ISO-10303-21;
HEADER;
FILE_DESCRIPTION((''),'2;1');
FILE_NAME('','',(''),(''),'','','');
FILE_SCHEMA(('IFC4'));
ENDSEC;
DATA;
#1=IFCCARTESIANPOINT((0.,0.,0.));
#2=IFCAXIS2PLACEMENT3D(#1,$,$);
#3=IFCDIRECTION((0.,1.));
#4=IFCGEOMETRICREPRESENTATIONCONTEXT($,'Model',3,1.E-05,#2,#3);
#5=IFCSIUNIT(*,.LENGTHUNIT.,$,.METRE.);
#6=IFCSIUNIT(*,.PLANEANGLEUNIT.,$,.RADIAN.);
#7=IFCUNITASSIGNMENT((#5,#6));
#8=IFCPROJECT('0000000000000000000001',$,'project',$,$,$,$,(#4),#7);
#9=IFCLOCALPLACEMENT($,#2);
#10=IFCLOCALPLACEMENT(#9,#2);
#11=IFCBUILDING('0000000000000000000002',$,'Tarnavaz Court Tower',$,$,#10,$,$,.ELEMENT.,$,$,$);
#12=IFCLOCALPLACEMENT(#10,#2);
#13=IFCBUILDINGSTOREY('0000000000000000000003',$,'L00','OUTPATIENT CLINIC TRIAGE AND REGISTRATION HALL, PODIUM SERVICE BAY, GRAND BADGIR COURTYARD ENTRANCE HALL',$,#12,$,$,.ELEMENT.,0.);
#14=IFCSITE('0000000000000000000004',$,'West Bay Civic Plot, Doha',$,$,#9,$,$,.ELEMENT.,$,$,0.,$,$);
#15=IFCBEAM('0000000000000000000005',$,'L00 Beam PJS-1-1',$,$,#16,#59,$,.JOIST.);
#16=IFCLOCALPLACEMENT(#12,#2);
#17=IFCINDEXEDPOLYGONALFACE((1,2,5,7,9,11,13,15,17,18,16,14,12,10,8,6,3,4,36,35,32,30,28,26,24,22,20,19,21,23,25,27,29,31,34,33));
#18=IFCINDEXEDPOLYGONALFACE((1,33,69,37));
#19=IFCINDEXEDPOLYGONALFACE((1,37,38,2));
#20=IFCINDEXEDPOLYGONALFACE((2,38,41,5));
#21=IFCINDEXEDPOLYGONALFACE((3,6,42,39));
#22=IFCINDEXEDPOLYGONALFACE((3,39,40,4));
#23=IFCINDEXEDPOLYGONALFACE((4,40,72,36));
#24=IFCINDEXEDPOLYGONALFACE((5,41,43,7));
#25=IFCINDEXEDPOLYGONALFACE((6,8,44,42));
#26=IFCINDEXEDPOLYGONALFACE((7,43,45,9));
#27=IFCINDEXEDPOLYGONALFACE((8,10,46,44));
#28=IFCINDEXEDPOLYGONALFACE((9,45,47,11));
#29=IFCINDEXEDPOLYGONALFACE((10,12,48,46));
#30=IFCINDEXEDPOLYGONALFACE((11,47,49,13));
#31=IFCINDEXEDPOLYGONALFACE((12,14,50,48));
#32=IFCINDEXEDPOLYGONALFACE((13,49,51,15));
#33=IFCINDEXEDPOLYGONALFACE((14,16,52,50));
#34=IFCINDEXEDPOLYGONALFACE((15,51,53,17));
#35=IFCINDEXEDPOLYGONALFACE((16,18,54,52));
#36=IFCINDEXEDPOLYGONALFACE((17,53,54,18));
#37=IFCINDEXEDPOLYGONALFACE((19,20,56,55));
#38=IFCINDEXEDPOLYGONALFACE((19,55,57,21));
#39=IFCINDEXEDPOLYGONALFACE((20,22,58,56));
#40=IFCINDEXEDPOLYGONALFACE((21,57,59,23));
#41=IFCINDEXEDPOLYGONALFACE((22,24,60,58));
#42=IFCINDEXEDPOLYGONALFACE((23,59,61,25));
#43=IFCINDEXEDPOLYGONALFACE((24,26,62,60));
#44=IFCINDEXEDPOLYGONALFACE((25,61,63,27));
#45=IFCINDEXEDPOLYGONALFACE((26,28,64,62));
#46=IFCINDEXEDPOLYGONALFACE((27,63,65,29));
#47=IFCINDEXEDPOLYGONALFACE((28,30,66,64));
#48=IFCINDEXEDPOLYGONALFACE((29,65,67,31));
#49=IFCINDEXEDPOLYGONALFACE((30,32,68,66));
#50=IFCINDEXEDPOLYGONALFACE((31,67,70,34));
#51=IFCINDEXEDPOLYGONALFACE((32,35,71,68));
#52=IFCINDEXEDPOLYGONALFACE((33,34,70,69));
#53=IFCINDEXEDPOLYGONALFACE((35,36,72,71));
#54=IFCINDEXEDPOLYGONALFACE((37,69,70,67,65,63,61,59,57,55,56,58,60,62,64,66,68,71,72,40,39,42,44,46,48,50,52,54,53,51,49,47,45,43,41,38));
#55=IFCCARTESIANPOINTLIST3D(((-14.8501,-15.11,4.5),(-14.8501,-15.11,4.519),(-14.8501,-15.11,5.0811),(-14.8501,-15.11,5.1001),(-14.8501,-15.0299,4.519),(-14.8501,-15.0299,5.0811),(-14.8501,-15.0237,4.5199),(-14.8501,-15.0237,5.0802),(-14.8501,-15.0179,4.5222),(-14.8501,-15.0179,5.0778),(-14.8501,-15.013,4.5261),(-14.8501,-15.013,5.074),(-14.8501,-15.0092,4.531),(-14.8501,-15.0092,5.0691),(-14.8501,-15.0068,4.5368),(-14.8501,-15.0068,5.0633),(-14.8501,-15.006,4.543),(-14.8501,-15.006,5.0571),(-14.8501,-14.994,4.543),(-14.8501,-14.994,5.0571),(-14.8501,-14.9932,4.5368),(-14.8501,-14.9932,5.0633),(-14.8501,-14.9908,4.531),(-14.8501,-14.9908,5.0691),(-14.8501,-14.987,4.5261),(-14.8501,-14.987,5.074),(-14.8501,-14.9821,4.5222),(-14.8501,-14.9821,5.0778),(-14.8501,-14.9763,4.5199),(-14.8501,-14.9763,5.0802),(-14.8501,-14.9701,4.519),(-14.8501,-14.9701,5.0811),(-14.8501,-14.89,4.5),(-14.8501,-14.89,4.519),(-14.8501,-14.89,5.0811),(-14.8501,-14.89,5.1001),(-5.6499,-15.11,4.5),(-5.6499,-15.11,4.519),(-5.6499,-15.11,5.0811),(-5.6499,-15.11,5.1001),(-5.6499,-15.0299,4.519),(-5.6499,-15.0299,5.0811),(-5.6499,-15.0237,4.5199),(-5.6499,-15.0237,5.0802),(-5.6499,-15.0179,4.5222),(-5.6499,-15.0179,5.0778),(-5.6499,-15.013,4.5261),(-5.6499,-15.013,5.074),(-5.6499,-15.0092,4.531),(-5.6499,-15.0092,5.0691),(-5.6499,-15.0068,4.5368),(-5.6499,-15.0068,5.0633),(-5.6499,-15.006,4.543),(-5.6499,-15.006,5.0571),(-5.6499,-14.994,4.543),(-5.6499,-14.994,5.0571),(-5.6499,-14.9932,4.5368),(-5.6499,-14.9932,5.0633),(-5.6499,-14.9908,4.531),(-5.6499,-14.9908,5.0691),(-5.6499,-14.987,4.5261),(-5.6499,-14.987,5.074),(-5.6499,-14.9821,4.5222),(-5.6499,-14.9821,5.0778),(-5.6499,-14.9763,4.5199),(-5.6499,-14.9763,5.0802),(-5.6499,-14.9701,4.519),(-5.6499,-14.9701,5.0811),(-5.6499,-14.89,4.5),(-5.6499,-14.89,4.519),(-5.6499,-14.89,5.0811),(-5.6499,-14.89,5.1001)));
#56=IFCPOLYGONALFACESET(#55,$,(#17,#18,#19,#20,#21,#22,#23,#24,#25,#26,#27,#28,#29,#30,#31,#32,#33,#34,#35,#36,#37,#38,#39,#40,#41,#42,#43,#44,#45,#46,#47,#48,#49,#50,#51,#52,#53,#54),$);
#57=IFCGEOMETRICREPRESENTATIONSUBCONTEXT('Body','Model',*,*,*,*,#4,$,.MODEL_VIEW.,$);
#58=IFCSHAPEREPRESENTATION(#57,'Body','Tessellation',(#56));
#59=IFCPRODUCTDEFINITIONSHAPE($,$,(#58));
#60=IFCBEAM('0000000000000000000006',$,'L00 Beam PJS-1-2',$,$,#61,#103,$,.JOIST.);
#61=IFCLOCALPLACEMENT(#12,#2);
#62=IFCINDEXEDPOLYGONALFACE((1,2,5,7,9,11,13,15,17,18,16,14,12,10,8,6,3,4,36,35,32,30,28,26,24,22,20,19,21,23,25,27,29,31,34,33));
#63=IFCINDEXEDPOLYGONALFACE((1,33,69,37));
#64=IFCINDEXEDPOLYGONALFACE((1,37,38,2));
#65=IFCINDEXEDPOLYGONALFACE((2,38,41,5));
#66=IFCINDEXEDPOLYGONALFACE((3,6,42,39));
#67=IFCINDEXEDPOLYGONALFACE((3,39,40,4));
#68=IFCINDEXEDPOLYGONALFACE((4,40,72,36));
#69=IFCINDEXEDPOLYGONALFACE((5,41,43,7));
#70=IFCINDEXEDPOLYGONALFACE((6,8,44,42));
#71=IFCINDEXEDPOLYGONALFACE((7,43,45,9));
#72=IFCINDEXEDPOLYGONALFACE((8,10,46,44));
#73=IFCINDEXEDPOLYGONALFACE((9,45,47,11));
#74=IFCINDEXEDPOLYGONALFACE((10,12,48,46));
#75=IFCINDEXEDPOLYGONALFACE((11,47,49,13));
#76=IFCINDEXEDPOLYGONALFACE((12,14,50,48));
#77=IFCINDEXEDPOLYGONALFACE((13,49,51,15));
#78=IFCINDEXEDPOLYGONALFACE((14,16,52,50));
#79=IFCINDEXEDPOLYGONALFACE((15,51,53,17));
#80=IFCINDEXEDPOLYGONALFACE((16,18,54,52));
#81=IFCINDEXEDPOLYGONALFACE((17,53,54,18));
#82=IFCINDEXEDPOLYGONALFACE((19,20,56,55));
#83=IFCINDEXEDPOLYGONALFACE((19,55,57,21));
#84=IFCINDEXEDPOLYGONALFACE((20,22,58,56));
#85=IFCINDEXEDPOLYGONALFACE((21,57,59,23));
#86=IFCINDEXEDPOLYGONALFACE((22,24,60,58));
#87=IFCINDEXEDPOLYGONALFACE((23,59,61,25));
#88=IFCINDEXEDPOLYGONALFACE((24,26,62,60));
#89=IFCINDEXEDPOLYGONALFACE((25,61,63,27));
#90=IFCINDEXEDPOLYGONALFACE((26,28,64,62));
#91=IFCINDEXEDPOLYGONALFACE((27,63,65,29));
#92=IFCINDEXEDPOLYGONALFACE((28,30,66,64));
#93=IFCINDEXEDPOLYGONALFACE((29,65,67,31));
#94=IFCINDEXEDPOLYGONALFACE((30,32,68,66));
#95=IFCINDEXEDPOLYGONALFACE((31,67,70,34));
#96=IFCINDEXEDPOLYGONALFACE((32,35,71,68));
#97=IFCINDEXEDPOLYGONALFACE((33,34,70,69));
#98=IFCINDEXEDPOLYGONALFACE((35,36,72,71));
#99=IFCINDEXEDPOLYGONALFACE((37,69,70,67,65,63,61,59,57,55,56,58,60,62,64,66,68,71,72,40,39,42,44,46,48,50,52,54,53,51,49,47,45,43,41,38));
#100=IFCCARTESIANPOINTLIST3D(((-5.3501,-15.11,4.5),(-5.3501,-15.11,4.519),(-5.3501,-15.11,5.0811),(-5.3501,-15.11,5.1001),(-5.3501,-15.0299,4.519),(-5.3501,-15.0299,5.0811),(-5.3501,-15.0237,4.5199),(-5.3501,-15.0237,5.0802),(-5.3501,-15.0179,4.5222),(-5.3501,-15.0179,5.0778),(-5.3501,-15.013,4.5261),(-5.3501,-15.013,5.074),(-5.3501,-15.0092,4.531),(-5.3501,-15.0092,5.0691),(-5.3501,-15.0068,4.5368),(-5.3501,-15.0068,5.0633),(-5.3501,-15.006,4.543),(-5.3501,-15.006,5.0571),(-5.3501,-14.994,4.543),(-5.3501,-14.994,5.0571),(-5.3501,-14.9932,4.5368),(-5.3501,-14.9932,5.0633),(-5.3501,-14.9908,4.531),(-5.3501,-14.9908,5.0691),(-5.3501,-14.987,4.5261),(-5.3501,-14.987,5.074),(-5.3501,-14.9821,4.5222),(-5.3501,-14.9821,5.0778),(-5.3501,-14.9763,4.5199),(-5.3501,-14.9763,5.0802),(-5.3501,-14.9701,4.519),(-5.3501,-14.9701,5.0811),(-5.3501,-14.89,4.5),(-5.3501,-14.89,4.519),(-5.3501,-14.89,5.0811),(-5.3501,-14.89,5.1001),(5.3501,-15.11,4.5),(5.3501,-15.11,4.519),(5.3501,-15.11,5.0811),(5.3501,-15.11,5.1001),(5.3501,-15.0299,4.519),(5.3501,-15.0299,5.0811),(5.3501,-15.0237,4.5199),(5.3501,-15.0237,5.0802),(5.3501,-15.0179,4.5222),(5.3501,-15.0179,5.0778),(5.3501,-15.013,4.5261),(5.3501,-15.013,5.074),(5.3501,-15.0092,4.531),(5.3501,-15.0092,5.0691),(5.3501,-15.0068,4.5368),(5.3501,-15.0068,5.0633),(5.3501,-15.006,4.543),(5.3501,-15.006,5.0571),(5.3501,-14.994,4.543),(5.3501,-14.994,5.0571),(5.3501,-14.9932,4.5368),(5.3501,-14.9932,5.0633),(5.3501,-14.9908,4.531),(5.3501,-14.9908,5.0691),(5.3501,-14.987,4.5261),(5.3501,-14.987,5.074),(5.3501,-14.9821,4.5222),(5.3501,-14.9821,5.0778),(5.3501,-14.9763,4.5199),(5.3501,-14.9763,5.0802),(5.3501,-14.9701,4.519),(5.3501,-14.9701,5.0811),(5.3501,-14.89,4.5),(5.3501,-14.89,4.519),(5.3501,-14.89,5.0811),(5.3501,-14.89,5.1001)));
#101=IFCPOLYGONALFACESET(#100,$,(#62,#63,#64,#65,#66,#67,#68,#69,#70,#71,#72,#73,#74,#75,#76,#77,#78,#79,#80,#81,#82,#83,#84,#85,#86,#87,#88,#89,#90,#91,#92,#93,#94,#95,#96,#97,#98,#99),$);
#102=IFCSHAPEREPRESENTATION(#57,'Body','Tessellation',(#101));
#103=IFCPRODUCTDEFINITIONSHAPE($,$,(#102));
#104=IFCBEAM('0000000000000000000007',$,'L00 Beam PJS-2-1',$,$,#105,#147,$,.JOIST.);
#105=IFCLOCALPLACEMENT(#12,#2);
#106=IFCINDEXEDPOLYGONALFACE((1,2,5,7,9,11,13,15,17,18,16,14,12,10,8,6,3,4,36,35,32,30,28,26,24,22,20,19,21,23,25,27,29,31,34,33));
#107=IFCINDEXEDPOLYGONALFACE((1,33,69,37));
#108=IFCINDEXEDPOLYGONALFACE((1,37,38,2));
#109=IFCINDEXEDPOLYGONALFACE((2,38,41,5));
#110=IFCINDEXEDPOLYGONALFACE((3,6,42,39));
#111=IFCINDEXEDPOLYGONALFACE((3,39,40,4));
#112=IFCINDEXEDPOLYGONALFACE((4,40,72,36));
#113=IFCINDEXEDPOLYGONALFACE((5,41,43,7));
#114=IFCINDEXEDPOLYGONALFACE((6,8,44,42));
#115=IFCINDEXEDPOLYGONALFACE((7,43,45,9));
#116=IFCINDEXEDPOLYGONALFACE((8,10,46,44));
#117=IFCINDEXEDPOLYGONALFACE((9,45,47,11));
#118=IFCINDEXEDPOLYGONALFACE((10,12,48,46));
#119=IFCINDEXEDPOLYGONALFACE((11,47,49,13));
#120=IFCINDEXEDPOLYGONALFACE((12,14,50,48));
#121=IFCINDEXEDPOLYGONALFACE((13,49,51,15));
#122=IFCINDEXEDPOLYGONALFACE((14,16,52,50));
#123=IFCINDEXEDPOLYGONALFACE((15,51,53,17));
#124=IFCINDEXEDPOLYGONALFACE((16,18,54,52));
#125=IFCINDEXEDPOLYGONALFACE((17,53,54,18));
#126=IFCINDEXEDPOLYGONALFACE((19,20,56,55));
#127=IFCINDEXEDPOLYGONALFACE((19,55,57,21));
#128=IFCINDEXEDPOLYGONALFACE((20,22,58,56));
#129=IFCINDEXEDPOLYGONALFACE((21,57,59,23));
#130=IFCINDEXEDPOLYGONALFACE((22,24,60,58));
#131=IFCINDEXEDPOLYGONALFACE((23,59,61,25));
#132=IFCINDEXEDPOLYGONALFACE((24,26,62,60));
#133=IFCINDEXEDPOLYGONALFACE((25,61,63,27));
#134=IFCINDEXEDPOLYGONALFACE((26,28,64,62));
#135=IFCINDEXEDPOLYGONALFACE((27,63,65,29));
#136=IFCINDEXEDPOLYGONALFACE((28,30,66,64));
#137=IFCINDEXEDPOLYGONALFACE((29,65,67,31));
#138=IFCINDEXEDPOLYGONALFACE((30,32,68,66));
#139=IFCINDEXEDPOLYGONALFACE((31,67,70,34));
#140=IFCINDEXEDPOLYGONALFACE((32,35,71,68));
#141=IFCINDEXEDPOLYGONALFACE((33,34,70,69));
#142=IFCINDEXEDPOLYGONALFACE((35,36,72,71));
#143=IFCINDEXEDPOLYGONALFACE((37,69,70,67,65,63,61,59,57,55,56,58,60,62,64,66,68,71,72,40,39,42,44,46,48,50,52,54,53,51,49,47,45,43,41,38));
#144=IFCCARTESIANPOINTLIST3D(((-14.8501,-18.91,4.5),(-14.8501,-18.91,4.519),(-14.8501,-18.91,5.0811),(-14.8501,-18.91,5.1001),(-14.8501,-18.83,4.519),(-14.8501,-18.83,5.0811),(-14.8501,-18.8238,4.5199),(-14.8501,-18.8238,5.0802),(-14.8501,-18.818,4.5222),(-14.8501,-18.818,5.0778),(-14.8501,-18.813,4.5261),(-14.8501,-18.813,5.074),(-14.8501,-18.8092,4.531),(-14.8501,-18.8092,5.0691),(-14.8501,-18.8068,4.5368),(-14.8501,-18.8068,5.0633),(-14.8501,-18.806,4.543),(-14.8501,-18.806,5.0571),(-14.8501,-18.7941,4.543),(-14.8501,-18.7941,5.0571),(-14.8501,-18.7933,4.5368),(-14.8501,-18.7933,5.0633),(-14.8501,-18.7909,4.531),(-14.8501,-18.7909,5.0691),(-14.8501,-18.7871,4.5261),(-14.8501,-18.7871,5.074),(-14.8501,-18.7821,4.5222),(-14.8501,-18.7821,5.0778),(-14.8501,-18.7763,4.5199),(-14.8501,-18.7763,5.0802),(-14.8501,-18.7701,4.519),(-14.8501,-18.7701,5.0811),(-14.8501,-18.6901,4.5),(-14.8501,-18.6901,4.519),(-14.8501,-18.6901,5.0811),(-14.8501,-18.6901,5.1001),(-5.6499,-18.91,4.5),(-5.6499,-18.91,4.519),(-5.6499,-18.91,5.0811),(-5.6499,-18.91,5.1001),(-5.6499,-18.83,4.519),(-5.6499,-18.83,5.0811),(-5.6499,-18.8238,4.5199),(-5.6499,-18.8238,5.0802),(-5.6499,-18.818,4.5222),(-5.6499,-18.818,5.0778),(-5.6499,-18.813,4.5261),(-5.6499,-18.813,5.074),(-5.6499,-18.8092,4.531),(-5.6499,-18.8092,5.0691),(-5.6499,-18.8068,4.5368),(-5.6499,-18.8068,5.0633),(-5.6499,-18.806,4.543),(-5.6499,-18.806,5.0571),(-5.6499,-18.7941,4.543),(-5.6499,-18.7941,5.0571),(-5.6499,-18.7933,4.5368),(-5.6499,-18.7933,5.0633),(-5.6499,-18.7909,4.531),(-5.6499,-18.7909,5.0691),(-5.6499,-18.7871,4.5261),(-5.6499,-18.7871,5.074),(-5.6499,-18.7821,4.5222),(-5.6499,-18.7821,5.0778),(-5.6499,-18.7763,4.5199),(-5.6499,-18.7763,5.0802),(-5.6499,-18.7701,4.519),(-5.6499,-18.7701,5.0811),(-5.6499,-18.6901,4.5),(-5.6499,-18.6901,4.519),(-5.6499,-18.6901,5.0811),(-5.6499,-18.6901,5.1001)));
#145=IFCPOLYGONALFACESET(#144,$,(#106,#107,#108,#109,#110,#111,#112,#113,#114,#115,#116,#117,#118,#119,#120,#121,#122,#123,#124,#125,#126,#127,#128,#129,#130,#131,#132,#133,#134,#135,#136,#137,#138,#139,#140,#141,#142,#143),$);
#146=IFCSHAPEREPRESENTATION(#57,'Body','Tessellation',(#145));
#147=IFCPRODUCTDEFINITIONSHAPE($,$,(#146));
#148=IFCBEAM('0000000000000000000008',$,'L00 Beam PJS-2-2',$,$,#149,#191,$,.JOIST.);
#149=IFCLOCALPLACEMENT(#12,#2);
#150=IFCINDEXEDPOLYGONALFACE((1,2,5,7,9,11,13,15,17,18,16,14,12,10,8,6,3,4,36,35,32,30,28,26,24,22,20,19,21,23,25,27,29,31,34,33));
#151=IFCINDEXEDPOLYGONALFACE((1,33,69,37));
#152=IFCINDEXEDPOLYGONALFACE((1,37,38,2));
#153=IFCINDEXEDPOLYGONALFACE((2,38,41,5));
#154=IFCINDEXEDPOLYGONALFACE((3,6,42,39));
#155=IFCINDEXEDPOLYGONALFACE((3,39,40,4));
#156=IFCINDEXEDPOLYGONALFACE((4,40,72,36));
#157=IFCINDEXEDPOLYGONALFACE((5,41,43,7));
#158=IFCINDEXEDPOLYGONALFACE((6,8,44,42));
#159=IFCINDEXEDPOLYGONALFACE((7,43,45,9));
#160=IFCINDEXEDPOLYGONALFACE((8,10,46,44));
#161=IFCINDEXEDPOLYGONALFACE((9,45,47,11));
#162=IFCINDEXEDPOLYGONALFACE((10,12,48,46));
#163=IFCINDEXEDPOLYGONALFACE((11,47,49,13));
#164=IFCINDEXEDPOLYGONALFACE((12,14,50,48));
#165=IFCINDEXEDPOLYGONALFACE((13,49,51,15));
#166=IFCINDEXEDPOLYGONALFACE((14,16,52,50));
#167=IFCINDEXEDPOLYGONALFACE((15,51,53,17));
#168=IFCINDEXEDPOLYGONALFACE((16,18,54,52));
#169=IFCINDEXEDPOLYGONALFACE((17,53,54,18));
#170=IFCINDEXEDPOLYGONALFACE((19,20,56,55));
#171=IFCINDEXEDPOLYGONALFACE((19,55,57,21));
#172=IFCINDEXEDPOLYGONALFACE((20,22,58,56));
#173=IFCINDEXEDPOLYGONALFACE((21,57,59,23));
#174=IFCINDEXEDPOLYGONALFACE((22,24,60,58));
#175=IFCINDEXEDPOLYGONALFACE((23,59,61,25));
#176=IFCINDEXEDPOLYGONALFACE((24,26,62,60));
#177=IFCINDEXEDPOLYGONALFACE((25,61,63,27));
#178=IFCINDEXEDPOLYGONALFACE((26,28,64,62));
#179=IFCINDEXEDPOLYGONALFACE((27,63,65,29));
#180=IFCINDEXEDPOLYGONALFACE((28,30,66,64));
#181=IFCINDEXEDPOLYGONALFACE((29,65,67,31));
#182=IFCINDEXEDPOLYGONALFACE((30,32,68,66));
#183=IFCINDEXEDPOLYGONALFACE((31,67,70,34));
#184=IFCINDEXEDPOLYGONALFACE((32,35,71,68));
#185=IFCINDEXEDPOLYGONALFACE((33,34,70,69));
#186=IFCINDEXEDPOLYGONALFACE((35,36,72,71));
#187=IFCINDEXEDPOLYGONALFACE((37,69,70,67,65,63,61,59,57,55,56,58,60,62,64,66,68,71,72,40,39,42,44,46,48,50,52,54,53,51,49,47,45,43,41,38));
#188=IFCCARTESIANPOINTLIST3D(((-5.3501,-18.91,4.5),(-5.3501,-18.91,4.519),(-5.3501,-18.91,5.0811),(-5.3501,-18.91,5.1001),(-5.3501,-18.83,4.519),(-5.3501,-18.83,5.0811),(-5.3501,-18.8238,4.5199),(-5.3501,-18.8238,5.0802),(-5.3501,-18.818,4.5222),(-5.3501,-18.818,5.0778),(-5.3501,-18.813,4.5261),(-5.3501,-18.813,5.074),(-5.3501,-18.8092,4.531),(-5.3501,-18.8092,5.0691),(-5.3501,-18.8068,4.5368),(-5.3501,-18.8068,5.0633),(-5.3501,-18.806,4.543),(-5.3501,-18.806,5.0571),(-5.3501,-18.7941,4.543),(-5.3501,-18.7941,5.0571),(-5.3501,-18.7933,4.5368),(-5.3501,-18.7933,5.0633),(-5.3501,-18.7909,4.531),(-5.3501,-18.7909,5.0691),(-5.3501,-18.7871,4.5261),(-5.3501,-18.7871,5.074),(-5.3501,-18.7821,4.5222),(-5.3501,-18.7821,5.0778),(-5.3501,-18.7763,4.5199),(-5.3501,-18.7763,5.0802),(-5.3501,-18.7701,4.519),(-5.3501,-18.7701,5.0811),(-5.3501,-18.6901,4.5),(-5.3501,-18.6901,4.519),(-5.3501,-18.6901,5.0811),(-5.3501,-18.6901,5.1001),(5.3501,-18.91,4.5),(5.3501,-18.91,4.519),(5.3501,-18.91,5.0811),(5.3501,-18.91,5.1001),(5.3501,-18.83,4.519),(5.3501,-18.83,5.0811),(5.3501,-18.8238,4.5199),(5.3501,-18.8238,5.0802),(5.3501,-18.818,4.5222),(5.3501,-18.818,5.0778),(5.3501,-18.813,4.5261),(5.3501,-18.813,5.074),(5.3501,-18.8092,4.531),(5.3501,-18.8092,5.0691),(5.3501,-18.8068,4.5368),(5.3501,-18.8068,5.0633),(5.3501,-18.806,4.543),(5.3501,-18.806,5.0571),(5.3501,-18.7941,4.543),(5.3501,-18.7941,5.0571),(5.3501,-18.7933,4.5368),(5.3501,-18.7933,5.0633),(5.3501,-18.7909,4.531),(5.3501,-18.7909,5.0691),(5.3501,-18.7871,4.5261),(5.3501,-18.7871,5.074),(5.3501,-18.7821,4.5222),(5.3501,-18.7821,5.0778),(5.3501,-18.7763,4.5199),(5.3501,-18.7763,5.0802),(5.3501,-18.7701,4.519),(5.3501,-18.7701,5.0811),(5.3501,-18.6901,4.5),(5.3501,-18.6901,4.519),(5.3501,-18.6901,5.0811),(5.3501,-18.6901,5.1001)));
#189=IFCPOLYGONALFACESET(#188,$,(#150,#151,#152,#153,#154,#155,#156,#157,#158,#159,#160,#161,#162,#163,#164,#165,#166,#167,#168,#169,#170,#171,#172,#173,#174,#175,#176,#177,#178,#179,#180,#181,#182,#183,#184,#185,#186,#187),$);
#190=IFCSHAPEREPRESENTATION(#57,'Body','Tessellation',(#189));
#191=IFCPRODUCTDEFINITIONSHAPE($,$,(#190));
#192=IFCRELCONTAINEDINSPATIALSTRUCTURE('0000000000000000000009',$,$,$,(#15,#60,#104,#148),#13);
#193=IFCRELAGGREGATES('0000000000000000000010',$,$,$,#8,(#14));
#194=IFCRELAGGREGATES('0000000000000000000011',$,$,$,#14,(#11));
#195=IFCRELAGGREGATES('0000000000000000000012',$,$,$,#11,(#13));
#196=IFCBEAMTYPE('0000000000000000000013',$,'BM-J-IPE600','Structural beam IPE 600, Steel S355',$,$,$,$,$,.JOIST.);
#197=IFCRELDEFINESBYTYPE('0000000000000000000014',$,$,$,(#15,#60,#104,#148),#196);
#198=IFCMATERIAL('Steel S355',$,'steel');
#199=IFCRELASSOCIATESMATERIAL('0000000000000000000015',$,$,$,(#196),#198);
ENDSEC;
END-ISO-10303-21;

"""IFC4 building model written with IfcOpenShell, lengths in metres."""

from ifc_helpers import new_model, si_unit, direction, frame, origin, origin_2d, place, context, subcontext, project, spatial, i_section, extrude, material, material_profile, profile_set, type_object, element, save


model = new_model("IFC4")

# Units and contexts
model_context = context("Model", 3, precision=1e-05, world=origin(), true_north=direction((0.0, 1.0)))
body_context = subcontext(model_context, "Body", "Model", "MODEL_VIEW")
ifc_project = project(units=[si_unit("LENGTHUNIT", "METRE"), si_unit("PLANEANGLEUNIT", "RADIAN")], contexts=[model_context])

# Site, building, storey
site_placement = place(None, origin())
site = spatial("IfcSite", under=ifc_project, at=site_placement, Name="West Bay Civic Plot, Doha", CompositionType="ELEMENT", RefElevation=0.0)
building_placement = place(site_placement, origin())
building = spatial("IfcBuilding", under=site, at=building_placement, Name="Tarnavaz Court Tower", CompositionType="ELEMENT")
storey_placement = place(building_placement, origin())
storey = spatial("IfcBuildingStorey", under=building, at=storey_placement, Name="L00", Description="OUTPATIENT CLINIC TRIAGE AND REGISTRATION HALL, PODIUM SERVICE BAY, GRAND BADGIR COURTYARD ENTRANCE HALL", CompositionType="ELEMENT", Elevation=0.0)

# Beams
ifc_material_1 = material(Name="Steel S355", Category="steel")
ifc_material_profile_1 = material_profile(ifc_material_1, i_section(OverallWidth=0.22, OverallDepth=0.6001, WebThickness=0.012, FlangeThickness=0.019, FilletRadius=0.0239, at=origin_2d()), Name="IPE 600")
ifc_profile_set_1 = profile_set([ifc_material_profile_1], Name="Steel S355")
beam_type_1 = type_object("IfcBeamType", Name="BM-J-IPE600", Description="Structural beam IPE 600, Steel S355", PredefinedType="JOIST", material=ifc_profile_set_1)
beam_1_placement = place(storey_placement, frame((-14.8501, -15.0, 4.8), z_axis=(1.0, 0.0, 0.0), x_axis=(0.0, 1.0, 0.0)))
element("IfcBeam", 1, at=beam_1_placement, inside=storey, type_object=beam_type_1, Name="L00 Beam PJS-1-1", PredefinedType="JOIST", context=body_context, shape_type="SweptSolid", body=[
    extrude(i_section(OverallWidth=0.22, OverallDepth=0.6001, WebThickness=0.012, FlangeThickness=0.019, FilletRadius=0.0239, at=origin_2d()), origin(), (0.0, 0.0, 1.0), 9.2002),
])
beam_2_placement = place(storey_placement, frame((-5.3501, -15.0, 4.8), z_axis=(1.0, 0.0, 0.0), x_axis=(0.0, 1.0, 0.0)))
element("IfcBeam", 2, at=beam_2_placement, inside=storey, type_object=beam_type_1, Name="L00 Beam PJS-1-2", PredefinedType="JOIST", context=body_context, shape_type="SweptSolid", body=[
    extrude(i_section(OverallWidth=0.22, OverallDepth=0.6001, WebThickness=0.012, FlangeThickness=0.019, FilletRadius=0.0239, at=origin_2d()), origin(), (0.0, 0.0, 1.0), 10.7002),
])
beam_3_placement = place(storey_placement, frame((-14.8501, -18.8, 4.8), z_axis=(1.0, 0.0, 0.0), x_axis=(0.0, 1.0, 0.0)))
element("IfcBeam", 3, at=beam_3_placement, inside=storey, type_object=beam_type_1, Name="L00 Beam PJS-2-1", PredefinedType="JOIST", context=body_context, shape_type="SweptSolid", body=[
    extrude(i_section(OverallWidth=0.22, OverallDepth=0.6001, WebThickness=0.012, FlangeThickness=0.019, FilletRadius=0.0239, at=origin_2d()), origin(), (0.0, 0.0, 1.0), 9.2002),
])
beam_4_placement = place(storey_placement, frame((-5.3501, -18.8, 4.8), z_axis=(1.0, 0.0, 0.0), x_axis=(0.0, 1.0, 0.0)))
element("IfcBeam", 4, at=beam_4_placement, inside=storey, type_object=beam_type_1, Name="L00 Beam PJS-2-2", PredefinedType="JOIST", context=body_context, shape_type="SweptSolid", body=[
    extrude(i_section(OverallWidth=0.22, OverallDepth=0.6001, WebThickness=0.012, FlangeThickness=0.019, FilletRadius=0.0239, at=origin_2d()), origin(), (0.0, 0.0, 1.0), 10.7002),
])

save(model, "model.ifc")
